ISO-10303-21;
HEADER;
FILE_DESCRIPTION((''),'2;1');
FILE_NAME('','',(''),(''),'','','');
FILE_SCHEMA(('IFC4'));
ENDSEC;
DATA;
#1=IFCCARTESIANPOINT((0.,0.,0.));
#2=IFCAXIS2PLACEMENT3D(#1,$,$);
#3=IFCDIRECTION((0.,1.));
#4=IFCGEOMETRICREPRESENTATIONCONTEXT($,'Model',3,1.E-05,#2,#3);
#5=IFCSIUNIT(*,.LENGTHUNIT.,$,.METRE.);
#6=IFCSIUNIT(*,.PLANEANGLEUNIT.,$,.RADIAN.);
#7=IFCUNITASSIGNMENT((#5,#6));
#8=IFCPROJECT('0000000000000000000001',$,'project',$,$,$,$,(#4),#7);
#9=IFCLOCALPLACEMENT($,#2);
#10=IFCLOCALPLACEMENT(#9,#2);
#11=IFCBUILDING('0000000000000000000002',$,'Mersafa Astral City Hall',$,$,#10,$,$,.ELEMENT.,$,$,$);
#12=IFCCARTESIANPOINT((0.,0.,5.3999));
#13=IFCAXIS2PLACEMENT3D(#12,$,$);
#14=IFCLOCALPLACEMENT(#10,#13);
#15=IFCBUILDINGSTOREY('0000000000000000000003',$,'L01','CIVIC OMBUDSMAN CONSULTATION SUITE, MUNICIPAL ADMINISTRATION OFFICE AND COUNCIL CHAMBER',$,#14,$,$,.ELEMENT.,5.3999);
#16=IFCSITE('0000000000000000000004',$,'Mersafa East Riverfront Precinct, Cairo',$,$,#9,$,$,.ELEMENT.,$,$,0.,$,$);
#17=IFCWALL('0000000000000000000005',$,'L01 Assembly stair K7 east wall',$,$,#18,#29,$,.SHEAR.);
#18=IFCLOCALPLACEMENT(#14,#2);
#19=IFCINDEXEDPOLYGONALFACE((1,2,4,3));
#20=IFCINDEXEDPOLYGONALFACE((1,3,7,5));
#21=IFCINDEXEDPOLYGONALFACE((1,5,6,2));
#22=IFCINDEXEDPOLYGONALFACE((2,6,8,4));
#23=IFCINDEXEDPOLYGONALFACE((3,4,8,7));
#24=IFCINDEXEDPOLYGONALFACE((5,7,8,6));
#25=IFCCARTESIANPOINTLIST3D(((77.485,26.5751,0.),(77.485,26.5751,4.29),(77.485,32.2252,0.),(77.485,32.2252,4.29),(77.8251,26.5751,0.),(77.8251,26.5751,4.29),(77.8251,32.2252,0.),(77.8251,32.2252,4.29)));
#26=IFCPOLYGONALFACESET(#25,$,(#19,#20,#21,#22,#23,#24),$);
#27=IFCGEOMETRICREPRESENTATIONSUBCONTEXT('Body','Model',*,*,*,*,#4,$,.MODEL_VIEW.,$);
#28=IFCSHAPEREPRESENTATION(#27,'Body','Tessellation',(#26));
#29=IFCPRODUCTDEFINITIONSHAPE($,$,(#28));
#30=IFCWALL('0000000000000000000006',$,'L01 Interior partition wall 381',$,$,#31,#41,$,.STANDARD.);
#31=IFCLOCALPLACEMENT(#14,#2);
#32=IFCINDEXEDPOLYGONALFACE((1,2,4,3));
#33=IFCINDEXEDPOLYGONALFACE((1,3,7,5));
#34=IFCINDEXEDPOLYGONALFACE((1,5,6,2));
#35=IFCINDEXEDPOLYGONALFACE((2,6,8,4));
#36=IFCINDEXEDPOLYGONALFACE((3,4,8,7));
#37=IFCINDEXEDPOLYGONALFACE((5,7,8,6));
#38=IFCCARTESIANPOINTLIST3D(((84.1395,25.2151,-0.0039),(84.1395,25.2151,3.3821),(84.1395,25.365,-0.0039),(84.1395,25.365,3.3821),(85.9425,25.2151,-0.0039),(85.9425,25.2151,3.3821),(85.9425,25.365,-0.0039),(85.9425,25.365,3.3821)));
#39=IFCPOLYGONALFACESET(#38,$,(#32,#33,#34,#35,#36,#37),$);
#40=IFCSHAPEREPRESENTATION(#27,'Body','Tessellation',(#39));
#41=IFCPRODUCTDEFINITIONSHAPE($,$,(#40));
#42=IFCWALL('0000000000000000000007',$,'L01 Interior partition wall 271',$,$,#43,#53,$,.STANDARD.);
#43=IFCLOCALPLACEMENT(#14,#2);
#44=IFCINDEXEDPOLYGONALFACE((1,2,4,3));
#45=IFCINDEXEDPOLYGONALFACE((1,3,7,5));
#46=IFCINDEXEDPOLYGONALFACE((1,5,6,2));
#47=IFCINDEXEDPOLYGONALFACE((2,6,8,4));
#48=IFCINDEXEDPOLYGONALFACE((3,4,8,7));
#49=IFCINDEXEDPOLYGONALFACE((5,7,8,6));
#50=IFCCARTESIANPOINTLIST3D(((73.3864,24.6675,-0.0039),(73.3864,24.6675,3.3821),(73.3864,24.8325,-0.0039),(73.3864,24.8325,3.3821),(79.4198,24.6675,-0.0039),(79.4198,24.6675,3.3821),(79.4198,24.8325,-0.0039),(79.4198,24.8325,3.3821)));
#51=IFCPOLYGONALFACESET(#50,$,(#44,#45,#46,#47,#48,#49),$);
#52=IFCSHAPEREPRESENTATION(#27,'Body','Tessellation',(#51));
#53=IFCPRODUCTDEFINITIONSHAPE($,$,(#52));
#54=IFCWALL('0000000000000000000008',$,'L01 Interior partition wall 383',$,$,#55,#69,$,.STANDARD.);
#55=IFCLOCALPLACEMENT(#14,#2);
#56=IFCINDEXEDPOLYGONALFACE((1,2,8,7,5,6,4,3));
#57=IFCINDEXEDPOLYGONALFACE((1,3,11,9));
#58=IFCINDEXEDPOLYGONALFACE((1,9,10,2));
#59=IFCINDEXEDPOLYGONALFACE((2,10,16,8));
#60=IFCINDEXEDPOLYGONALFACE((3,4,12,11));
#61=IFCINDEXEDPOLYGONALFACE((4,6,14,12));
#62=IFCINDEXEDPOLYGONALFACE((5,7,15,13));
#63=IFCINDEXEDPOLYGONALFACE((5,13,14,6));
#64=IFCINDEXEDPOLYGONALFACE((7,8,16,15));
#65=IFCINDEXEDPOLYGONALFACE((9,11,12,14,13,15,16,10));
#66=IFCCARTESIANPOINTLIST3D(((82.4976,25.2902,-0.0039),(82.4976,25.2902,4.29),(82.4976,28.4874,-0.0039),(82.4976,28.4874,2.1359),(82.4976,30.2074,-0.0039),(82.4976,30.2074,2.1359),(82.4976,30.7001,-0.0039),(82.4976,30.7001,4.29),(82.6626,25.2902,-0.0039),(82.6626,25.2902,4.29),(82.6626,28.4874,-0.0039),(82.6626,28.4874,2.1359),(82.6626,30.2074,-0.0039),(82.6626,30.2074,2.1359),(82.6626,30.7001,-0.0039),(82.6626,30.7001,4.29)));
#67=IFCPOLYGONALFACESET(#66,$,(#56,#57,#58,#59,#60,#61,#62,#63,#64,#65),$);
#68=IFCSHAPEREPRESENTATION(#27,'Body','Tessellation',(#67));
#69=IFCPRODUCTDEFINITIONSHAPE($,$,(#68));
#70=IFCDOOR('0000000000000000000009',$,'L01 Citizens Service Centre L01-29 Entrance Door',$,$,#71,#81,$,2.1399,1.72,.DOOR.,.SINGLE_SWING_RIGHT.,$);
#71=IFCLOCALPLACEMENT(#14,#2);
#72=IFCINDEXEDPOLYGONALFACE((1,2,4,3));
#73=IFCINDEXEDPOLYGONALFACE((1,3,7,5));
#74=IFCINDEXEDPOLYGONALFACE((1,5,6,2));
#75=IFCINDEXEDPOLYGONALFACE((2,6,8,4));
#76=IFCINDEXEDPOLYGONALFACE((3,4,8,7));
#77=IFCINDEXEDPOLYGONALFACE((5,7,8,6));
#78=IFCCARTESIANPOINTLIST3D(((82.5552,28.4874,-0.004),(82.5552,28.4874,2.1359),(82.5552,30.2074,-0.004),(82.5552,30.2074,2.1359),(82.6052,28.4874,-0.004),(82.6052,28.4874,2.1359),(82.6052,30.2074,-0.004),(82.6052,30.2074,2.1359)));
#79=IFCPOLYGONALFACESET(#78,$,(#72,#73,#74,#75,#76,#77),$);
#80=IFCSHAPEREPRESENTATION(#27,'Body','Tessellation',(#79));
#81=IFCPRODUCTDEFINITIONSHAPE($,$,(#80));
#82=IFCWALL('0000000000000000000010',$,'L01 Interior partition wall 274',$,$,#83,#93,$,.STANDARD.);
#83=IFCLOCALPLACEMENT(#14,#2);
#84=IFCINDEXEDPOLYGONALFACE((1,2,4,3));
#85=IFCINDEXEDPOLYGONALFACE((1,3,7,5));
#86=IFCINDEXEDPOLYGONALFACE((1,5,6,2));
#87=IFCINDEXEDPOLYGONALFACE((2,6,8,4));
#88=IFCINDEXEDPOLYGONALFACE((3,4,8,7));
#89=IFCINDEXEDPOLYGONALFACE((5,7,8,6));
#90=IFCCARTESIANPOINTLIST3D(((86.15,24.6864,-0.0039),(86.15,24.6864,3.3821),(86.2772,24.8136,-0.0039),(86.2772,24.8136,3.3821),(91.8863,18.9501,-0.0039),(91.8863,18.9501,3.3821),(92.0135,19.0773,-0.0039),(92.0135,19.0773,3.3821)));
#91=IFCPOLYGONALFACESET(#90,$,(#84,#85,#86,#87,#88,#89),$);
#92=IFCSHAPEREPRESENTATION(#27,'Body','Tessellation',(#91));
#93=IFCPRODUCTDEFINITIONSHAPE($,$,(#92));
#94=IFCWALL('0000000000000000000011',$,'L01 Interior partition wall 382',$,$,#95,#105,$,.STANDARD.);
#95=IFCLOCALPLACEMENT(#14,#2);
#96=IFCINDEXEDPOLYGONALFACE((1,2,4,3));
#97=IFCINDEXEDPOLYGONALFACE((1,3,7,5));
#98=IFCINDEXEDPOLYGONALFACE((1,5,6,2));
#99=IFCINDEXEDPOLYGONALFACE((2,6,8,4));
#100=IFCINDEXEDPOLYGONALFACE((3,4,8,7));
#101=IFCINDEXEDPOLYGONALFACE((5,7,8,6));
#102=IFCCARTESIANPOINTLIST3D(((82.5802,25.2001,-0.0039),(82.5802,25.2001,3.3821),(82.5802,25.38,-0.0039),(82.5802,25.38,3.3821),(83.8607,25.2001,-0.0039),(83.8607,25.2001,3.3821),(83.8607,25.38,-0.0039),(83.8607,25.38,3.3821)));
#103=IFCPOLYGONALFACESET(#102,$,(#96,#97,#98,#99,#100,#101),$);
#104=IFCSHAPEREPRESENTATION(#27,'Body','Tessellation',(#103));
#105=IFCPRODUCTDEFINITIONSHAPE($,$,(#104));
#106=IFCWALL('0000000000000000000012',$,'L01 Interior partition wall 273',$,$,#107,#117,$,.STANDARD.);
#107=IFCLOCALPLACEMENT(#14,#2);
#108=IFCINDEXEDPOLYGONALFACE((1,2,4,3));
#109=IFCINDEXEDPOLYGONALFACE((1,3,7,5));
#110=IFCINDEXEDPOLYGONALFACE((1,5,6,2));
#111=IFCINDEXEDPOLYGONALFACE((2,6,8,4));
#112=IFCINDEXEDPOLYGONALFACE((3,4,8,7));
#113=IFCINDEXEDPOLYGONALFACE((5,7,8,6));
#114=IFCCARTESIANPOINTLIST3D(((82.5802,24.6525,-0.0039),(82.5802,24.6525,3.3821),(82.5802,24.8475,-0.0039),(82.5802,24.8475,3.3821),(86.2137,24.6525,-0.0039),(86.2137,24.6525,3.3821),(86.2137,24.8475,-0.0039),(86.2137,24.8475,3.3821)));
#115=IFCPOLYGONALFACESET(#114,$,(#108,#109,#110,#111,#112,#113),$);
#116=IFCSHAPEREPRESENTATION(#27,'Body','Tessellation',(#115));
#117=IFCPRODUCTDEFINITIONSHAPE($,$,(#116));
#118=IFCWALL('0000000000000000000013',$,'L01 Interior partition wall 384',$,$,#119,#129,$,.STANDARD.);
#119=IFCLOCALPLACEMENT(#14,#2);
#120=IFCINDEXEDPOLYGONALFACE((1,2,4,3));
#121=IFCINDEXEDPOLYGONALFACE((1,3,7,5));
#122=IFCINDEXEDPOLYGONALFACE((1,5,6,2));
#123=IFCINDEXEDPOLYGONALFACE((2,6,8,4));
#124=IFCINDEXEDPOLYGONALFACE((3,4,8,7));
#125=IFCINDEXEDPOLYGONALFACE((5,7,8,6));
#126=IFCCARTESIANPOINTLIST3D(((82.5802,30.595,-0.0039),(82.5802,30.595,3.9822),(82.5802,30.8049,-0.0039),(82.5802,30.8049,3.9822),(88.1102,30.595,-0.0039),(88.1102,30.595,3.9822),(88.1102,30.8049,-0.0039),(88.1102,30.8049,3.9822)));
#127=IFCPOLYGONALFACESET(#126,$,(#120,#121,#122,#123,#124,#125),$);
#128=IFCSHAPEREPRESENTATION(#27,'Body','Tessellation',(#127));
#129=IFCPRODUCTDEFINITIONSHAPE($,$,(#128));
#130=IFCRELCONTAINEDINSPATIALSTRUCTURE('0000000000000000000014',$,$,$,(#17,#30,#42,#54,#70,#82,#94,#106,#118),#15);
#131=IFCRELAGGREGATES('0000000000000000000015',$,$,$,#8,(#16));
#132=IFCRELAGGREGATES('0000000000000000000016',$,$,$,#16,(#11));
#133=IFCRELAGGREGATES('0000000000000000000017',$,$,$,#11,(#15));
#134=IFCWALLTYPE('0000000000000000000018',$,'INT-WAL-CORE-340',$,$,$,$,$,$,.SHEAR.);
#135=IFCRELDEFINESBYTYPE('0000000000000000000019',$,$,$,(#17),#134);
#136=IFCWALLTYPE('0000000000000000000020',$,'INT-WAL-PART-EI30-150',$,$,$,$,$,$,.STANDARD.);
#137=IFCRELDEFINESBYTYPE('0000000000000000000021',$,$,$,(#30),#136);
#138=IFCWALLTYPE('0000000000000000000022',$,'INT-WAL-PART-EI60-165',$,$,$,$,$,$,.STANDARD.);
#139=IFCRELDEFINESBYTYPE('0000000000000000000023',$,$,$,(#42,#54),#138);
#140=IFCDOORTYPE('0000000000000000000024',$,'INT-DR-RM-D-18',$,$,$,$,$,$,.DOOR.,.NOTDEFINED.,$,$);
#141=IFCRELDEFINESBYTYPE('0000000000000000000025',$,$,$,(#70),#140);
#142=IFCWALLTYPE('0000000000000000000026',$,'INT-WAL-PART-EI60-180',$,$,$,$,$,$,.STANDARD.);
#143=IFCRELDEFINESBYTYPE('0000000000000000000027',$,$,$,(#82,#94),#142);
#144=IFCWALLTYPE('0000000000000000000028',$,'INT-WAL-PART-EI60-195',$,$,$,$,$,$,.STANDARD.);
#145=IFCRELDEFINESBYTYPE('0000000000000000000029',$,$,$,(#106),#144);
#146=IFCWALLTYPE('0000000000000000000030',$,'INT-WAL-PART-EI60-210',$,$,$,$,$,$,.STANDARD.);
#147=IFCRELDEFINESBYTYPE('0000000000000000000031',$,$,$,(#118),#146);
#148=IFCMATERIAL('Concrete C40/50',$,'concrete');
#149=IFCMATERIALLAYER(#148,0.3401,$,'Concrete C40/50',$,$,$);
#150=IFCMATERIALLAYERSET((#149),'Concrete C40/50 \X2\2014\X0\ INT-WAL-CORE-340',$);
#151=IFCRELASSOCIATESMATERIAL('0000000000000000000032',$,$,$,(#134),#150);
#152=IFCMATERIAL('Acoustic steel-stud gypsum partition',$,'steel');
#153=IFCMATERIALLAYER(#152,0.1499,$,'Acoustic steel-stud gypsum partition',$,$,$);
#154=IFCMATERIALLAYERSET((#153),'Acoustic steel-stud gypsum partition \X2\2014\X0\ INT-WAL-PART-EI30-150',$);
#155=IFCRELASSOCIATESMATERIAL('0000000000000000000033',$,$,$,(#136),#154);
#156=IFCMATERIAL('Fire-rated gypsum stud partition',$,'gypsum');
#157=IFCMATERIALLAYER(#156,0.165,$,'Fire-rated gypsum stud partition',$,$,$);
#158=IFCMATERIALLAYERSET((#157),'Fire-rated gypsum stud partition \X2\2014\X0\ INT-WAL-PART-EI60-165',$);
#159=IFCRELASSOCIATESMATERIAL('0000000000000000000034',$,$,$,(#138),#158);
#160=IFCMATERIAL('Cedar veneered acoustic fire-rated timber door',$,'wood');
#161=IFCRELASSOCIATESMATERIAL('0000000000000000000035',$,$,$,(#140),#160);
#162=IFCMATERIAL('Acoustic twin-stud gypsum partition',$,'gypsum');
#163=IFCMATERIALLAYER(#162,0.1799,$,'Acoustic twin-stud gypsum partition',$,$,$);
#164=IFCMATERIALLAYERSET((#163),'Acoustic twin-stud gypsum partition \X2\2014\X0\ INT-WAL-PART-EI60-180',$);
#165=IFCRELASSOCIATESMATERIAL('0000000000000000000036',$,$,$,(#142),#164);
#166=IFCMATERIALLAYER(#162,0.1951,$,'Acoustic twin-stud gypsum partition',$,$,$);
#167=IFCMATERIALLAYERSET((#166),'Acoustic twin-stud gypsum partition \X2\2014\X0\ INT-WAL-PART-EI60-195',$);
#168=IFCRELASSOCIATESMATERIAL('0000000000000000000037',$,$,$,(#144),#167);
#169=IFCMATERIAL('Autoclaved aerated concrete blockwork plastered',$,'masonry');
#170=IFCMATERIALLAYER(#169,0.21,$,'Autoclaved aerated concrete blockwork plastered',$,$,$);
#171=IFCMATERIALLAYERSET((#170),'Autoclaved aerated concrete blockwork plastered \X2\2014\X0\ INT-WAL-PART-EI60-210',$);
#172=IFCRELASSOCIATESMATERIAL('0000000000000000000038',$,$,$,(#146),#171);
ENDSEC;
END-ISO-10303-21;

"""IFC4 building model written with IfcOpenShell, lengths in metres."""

from ifc_helpers import new_model, si_unit, direction, frame, frame_2d, origin, place, context, subcontext, project, spatial, rectangle, extrude, material, layer, layer_set, type_object, element, fill, save


model = new_model("IFC4")

# Units and contexts
model_context = context("Model", 3, precision=1e-05, world=origin(), true_north=direction((0.0, 1.0)))
body_context = subcontext(model_context, "Body", "Model", "MODEL_VIEW")
ifc_project = project(units=[si_unit("LENGTHUNIT", "METRE"), si_unit("PLANEANGLEUNIT", "RADIAN")], contexts=[model_context])

# Site, building, storey
site_placement = place(None, origin())
site = spatial("IfcSite", under=ifc_project, at=site_placement, Name="Mersafa East Riverfront Precinct, Cairo", CompositionType="ELEMENT", RefElevation=0.0)
building_placement = place(site_placement, origin())
building = spatial("IfcBuilding", under=site, at=building_placement, Name="Mersafa Astral City Hall", CompositionType="ELEMENT")
storey_placement = place(building_placement, frame((0.0, 0.0, 5.3999)))
storey = spatial("IfcBuildingStorey", under=building, at=storey_placement, Name="L01", Description="CIVIC OMBUDSMAN CONSULTATION SUITE, MUNICIPAL ADMINISTRATION OFFICE AND COUNCIL CHAMBER", CompositionType="ELEMENT", Elevation=5.3999)

# Shared definitions
ifc_material_1 = material(Name="Concrete C40/50", Category="concrete")

# Walls
ifc_layer_1 = layer(ifc_material_1, 0.3401, Name="Concrete C40/50")
ifc_layer_set_1 = layer_set([ifc_layer_1], Name="Concrete C40/50 — INT-WAL-CORE-340")
wall_type_1 = type_object("IfcWallType", Name="INT-WAL-CORE-340", PredefinedType="SHEAR", material=ifc_layer_set_1)
wall_1_placement = place(storey_placement, frame((77.655, 26.575, 0.0), z_axis=(0.0, 0.0, 1.0), x_axis=(0.0, 1.0, 0.0)))
element("IfcWall", 1, at=wall_1_placement, inside=storey, type_object=wall_type_1, Name="L01 Assembly stair K7 east wall", PredefinedType="SHEAR", context=body_context, shape_type="SweptSolid", body=[
    extrude(rectangle(XDim=5.6501, YDim=0.3401, at=frame_2d((2.8252, 0.0))), origin(), (0.0, 0.0, 1.0), 4.29),
])
ifc_material_2 = material(Name="Acoustic steel-stud gypsum partition", Category="steel")
ifc_layer_2 = layer(ifc_material_2, 0.1499, Name="Acoustic steel-stud gypsum partition")
ifc_layer_set_2 = layer_set([ifc_layer_2], Name="Acoustic steel-stud gypsum partition — INT-WAL-PART-EI30-150")
wall_type_2 = type_object("IfcWallType", Name="INT-WAL-PART-EI30-150", PredefinedType="STANDARD", material=ifc_layer_set_2)
wall_2_placement = place(storey_placement, frame((85.9424, 25.29, -0.0039), z_axis=(0.0, 0.0, 1.0), x_axis=(-1.0, 0.0, 0.0)))
element("IfcWall", 2, at=wall_2_placement, inside=storey, type_object=wall_type_2, Name="L01 Interior partition wall 381", PredefinedType="STANDARD", context=body_context, shape_type="SweptSolid", body=[
    extrude(rectangle(XDim=1.803, YDim=0.1499, at=frame_2d((0.9014, 0.0))), origin(), (0.0, 0.0, 1.0), 3.386),
])
ifc_material_3 = material(Name="Fire-rated gypsum stud partition", Category="gypsum")
ifc_layer_3 = layer(ifc_material_3, 0.165, Name="Fire-rated gypsum stud partition")
ifc_layer_set_3 = layer_set([ifc_layer_3], Name="Fire-rated gypsum stud partition — INT-WAL-PART-EI60-165")
wall_type_3 = type_object("IfcWallType", Name="INT-WAL-PART-EI60-165", PredefinedType="STANDARD", material=ifc_layer_set_3)
wall_3_placement = place(storey_placement, frame((73.3865, 24.75, -0.0039), z_axis=(0.0, 0.0, 1.0), x_axis=(1.0, 0.0, 0.0)))
element("IfcWall", 3, at=wall_3_placement, inside=storey, type_object=wall_type_3, Name="L01 Interior partition wall 271", PredefinedType="STANDARD", context=body_context, shape_type="SweptSolid", body=[
    extrude(rectangle(XDim=6.0334, YDim=0.165, at=frame_2d((3.0166, 0.0))), origin(), (0.0, 0.0, 1.0), 3.386),
])

# Wall, opening, door
wall_4_placement = place(storey_placement, frame((82.5801, 25.29, -0.0039), z_axis=(0.0, 0.0, 1.0), x_axis=(0.0, 1.0, 0.0)))
wall_4 = element("IfcWall", 4, at=wall_4_placement, inside=storey, type_object=wall_type_3, Name="L01 Interior partition wall 383", PredefinedType="STANDARD", context=body_context, shape_type="SweptSolid", body=[
    extrude(rectangle(XDim=5.4099, YDim=0.165, at=frame_2d((2.7051, 0.0))), origin(), (0.0, 0.0, 1.0), 4.2939),
])
opening_placement = place(wall_4_placement, frame((3.1975, 0.0, 0.0)))
opening = element("IfcOpeningElement", 5, at=opening_placement, cuts=wall_4, PredefinedType="OPENING", context=body_context, shape_type="SweptSolid", body=[
    extrude(rectangle(XDim=1.72, YDim=2.1399, at=frame_2d((0.8599, 1.0698))), frame((0.0, 0.0925, 0.0), z_axis=(0.0, -1.0, 0.0), x_axis=(1.0, 0.0, 0.0)), (0.0, 0.0, 1.0), 0.1851),
])
ifc_material_4 = material(Name="Cedar veneered acoustic fire-rated timber door", Category="wood")
door_type = type_object("IfcDoorType", Name="INT-DR-RM-D-18", OperationType="NOTDEFINED", PredefinedType="DOOR", material=ifc_material_4)
door_placement = place(opening_placement, origin())
door = element("IfcDoor", 6, at=door_placement, inside=storey, type_object=door_type, Name="L01 Citizens Service Centre L01-29 Entrance Door", OperationType="SINGLE_SWING_RIGHT", OverallHeight=2.1399, OverallWidth=1.72, PredefinedType="DOOR", context=body_context, shape_type="SweptSolid", body=[
    extrude(rectangle(XDim=1.72, YDim=2.1399, at=frame_2d((0.8599, 1.0698))), frame((0.0, 0.0249, 0.0), z_axis=(0.0, -1.0, 0.0), x_axis=(1.0, 0.0, 0.0)), (0.0, 0.0, 1.0), 0.05),
])
fill(opening, door)

# Walls
ifc_material_5 = material(Name="Acoustic twin-stud gypsum partition", Category="gypsum")
ifc_layer_4 = layer(ifc_material_5, 0.1799, Name="Acoustic twin-stud gypsum partition")
ifc_layer_set_4 = layer_set([ifc_layer_4], Name="Acoustic twin-stud gypsum partition — INT-WAL-PART-EI60-180")
wall_type_4 = type_object("IfcWallType", Name="INT-WAL-PART-EI60-180", PredefinedType="STANDARD", material=ifc_layer_set_4)
wall_5_placement = place(storey_placement, frame((86.2136, 24.75, -0.0039), z_axis=(0.0, 0.0, 1.0), x_axis=(0.707107, -0.707107, 0.0)))
element("IfcWall", 7, at=wall_5_placement, inside=storey, type_object=wall_type_4, Name="L01 Interior partition wall 274", PredefinedType="STANDARD", context=body_context, shape_type="SweptSolid", body=[
    extrude(rectangle(XDim=8.1123, YDim=0.1799, at=frame_2d((4.0562, 0.0))), origin(), (0.0, 0.0, 1.0), 3.386),
])
wall_6_placement = place(storey_placement, frame((83.8606, 25.29, -0.0039), z_axis=(0.0, 0.0, 1.0), x_axis=(-1.0, 0.0, 0.0)))
element("IfcWall", 8, at=wall_6_placement, inside=storey, type_object=wall_type_4, Name="L01 Interior partition wall 382", PredefinedType="STANDARD", context=body_context, shape_type="SweptSolid", body=[
    extrude(rectangle(XDim=1.2805, YDim=0.1799, at=frame_2d((0.6401, 0.0))), origin(), (0.0, 0.0, 1.0), 3.386),
])
ifc_layer_5 = layer(ifc_material_5, 0.1951, Name="Acoustic twin-stud gypsum partition")
ifc_layer_set_5 = layer_set([ifc_layer_5], Name="Acoustic twin-stud gypsum partition — INT-WAL-PART-EI60-195")
wall_type_5 = type_object("IfcWallType", Name="INT-WAL-PART-EI60-195", PredefinedType="STANDARD", material=ifc_layer_set_5)
wall_7_placement = place(storey_placement, frame((82.5801, 24.75, -0.0039), z_axis=(0.0, 0.0, 1.0), x_axis=(1.0, 0.0, 0.0)))
element("IfcWall", 9, at=wall_7_placement, inside=storey, type_object=wall_type_5, Name="L01 Interior partition wall 273", PredefinedType="STANDARD", context=body_context, shape_type="SweptSolid", body=[
    extrude(rectangle(XDim=3.6335, YDim=0.1951, at=frame_2d((1.8169, 0.0))), origin(), (0.0, 0.0, 1.0), 3.386),
])
ifc_material_6 = material(Name="Autoclaved aerated concrete blockwork plastered", Category="masonry")
ifc_layer_6 = layer(ifc_material_6, 0.21, Name="Autoclaved aerated concrete blockwork plastered")
ifc_layer_set_6 = layer_set([ifc_layer_6], Name="Autoclaved aerated concrete blockwork plastered — INT-WAL-PART-EI60-210")
wall_type_6 = type_object("IfcWallType", Name="INT-WAL-PART-EI60-210", PredefinedType="STANDARD", material=ifc_layer_set_6)
wall_8_placement = place(storey_placement, frame((82.5801, 30.7, -0.0039), z_axis=(0.0, 0.0, 1.0), x_axis=(1.0, 0.0, 0.0)))
element("IfcWall", 10, at=wall_8_placement, inside=storey, type_object=wall_type_6, Name="L01 Interior partition wall 384", PredefinedType="STANDARD", context=body_context, shape_type="SweptSolid", body=[
    extrude(rectangle(XDim=5.53, YDim=0.21, at=frame_2d((2.7651, 0.0))), origin(), (0.0, 0.0, 1.0), 3.9861),
])

save(model, "model.ifc")
